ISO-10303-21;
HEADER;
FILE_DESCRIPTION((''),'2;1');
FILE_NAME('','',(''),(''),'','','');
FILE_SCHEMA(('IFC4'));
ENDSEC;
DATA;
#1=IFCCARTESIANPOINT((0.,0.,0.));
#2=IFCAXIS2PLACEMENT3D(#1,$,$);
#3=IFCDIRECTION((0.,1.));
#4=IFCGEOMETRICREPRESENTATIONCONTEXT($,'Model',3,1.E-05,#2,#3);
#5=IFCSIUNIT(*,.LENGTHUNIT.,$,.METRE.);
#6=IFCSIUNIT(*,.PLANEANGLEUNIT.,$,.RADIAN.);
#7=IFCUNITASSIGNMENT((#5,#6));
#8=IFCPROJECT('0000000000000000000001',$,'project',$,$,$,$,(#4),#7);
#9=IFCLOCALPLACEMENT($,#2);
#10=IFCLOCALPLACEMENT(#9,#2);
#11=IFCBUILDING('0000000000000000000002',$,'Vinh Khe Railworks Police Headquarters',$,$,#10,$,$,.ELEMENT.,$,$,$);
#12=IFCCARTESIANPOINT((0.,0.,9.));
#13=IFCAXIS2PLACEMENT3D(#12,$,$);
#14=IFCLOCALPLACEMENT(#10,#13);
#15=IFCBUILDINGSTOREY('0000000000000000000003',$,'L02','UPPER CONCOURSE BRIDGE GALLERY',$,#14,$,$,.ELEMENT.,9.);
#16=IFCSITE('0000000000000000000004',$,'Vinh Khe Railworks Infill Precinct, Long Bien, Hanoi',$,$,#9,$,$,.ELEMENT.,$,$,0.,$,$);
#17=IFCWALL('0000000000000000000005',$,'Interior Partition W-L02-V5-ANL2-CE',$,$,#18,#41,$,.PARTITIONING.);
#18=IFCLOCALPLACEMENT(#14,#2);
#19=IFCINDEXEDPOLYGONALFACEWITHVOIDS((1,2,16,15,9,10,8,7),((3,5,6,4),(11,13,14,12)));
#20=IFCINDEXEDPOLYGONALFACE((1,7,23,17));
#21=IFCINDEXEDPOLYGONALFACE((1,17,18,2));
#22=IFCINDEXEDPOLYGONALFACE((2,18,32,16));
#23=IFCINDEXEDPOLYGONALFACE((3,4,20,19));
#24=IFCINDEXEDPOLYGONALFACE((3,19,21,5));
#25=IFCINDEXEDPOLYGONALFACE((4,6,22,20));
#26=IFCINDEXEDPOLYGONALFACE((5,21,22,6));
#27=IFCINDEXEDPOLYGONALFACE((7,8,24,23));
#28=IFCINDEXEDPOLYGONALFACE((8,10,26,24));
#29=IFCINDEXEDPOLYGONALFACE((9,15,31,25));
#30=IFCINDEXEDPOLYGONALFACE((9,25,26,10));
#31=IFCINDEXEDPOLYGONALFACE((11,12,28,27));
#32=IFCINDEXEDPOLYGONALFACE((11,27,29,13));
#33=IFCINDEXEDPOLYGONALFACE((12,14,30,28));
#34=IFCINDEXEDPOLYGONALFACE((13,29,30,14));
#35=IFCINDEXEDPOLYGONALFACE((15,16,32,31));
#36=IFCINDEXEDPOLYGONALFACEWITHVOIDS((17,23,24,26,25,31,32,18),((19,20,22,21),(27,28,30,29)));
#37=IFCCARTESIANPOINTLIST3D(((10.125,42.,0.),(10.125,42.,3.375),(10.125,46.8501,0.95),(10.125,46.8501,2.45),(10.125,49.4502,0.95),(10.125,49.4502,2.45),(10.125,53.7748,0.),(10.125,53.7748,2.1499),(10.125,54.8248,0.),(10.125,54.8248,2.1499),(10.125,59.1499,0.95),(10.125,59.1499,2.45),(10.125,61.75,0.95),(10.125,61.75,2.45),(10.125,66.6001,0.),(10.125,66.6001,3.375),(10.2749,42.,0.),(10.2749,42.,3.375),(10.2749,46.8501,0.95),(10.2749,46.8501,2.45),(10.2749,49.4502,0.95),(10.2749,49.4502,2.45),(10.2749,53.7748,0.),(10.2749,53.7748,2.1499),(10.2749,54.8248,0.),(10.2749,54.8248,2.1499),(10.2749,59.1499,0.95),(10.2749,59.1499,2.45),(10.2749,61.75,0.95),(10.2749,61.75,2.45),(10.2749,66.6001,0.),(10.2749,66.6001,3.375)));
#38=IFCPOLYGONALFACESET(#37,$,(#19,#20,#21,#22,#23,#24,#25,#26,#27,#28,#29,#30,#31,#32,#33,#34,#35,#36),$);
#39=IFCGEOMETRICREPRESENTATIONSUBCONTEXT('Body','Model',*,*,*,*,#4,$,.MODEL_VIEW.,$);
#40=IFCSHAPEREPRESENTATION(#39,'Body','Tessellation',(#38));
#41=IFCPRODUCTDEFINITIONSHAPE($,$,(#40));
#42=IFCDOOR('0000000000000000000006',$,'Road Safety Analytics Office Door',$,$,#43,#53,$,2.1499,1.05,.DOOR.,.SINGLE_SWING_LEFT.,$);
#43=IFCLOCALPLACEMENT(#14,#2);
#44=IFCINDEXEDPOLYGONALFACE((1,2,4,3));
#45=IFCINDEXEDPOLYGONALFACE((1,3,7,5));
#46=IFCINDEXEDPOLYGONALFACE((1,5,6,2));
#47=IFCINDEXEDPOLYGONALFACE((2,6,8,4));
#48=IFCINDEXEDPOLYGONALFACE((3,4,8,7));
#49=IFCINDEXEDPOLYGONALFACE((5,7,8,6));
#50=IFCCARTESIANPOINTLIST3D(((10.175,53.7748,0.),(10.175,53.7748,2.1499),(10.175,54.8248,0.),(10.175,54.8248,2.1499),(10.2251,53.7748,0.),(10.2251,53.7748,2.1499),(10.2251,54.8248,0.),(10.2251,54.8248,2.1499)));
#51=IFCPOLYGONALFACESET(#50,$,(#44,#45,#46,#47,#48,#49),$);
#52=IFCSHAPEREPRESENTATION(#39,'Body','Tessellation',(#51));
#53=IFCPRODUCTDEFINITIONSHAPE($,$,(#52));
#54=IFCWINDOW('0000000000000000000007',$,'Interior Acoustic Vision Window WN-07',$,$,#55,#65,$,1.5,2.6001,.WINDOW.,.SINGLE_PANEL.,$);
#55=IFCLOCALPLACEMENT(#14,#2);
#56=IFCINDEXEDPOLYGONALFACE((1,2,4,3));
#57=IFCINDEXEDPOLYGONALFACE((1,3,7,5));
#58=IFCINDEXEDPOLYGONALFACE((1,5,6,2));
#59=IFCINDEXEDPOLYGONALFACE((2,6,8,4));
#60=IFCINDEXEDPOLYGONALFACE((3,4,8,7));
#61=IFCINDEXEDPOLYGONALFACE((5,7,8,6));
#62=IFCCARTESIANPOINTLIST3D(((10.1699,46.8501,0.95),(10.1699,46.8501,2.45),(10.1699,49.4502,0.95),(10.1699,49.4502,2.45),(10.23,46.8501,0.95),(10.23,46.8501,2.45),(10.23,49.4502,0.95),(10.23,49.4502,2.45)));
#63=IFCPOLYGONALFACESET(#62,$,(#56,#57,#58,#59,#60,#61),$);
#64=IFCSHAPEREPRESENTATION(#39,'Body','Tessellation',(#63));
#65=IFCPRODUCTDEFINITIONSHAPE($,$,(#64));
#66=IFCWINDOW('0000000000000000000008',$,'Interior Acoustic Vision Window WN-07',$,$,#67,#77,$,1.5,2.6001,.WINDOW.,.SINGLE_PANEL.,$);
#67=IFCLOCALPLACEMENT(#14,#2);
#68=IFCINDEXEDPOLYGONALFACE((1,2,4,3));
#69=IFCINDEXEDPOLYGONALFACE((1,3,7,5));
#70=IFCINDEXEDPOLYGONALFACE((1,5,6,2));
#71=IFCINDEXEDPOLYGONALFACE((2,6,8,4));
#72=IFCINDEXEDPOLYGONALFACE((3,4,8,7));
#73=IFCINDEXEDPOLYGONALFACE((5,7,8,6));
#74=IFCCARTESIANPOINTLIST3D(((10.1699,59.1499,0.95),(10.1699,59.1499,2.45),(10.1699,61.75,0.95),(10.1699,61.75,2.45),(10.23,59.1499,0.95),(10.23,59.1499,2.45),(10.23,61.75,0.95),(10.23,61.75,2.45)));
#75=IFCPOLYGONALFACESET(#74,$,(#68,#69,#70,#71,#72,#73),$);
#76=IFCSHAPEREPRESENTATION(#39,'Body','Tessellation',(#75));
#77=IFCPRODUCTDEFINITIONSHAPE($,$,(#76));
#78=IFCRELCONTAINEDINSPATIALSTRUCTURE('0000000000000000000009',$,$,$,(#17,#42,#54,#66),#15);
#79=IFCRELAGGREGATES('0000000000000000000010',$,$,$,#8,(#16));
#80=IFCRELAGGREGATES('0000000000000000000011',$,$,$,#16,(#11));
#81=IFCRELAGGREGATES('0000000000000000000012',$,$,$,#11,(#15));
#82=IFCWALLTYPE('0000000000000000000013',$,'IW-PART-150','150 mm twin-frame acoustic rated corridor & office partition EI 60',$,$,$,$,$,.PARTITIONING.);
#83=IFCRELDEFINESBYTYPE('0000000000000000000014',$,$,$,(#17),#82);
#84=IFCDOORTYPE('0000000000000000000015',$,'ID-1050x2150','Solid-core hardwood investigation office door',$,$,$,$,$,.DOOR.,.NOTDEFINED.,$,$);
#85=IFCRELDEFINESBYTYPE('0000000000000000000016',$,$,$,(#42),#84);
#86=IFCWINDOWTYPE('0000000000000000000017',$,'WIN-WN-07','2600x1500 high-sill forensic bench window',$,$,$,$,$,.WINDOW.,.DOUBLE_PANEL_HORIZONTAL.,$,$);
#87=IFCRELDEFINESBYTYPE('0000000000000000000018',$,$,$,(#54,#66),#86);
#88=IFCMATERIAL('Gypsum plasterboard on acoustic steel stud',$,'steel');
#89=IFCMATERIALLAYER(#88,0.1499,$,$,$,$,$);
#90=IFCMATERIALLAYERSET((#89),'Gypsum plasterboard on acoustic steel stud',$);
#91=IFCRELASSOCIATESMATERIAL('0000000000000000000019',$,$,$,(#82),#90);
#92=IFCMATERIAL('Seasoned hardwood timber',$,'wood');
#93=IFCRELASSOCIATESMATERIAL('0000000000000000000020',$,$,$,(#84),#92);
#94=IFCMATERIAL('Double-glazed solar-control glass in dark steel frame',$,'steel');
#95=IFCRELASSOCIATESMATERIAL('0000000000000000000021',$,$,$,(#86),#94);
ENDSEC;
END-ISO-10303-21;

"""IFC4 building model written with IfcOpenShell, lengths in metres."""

from ifc_helpers import new_model, si_unit, direction, frame, frame_2d, origin, place, context, subcontext, project, spatial, rectangle, extrude, material, layer, layer_set, type_object, element, fill, save


model = new_model("IFC4")

# Units and contexts
model_context = context("Model", 3, precision=1e-05, world=origin(), true_north=direction((0.0, 1.0)))
body_context = subcontext(model_context, "Body", "Model", "MODEL_VIEW")
ifc_project = project(units=[si_unit("LENGTHUNIT", "METRE"), si_unit("PLANEANGLEUNIT", "RADIAN")], contexts=[model_context])

# Site, building, storey
site_placement = place(None, origin())
site = spatial("IfcSite", under=ifc_project, at=site_placement, Name="Vinh Khe Railworks Infill Precinct, Long Bien, Hanoi", CompositionType="ELEMENT", RefElevation=0.0)
building_placement = place(site_placement, origin())
building = spatial("IfcBuilding", under=site, at=building_placement, Name="Vinh Khe Railworks Police Headquarters", CompositionType="ELEMENT")
storey_placement = place(building_placement, frame((0.0, 0.0, 9.0)))
storey = spatial("IfcBuildingStorey", under=building, at=storey_placement, Name="L02", Description="UPPER CONCOURSE BRIDGE GALLERY", CompositionType="ELEMENT", Elevation=9.0)

# Shared definitions
ifc_material_1 = material(Name="Double-glazed solar-control glass in dark steel frame", Category="steel")

# Wall, openings, door, windows
ifc_material_2 = material(Name="Gypsum plasterboard on acoustic steel stud", Category="steel")
ifc_layer_1 = layer(ifc_material_2, 0.1499)
ifc_layer_set_1 = layer_set([ifc_layer_1], Name="Gypsum plasterboard on acoustic steel stud")
wall_type_1 = type_object("IfcWallType", Name="IW-PART-150", Description="150 mm twin-frame acoustic rated corridor & office partition EI 60", PredefinedType="PARTITIONING", material=ifc_layer_set_1)
wall_1_placement = place(storey_placement, frame((10.2, 42.0, 0.0), z_axis=(0.0, 0.0, 1.0), x_axis=(0.0, 1.0, 0.0)))
wall_1 = element("IfcWall", 1, at=wall_1_placement, inside=storey, type_object=wall_type_1, Name="Interior Partition W-L02-V5-ANL2-CE", PredefinedType="PARTITIONING", context=body_context, shape_type="SweptSolid", body=[
    extrude(rectangle(XDim=24.6001, YDim=0.1499, at=frame_2d((12.3, 0.0))), origin(), (0.0, 0.0, 1.0), 3.375),
])
opening_1_placement = place(wall_1_placement, frame((11.7749, 0.0, 0.0)))
opening_1 = element("IfcOpeningElement", 2, at=opening_1_placement, cuts=wall_1, PredefinedType="OPENING", context=body_context, shape_type="SweptSolid", body=[
    extrude(rectangle(XDim=1.05, YDim=2.1499, at=frame_2d((0.5249, 1.075))), frame((0.0, 0.0898, 0.0), z_axis=(0.0, -1.0, 0.0), x_axis=(1.0, 0.0, 0.0)), (0.0, 0.0, 1.0), 0.1797),
])
opening_2_placement = place(wall_1_placement, frame((4.8501, 0.0, 0.95)))
opening_2 = element("IfcOpeningElement", 3, at=opening_2_placement, cuts=wall_1, PredefinedType="OPENING", context=body_context, shape_type="SweptSolid", body=[
    extrude(rectangle(XDim=2.6001, YDim=1.5, at=frame_2d((1.3, 0.75))), frame((0.0, 0.0898, 0.0), z_axis=(0.0, -1.0, 0.0), x_axis=(1.0, 0.0, 0.0)), (0.0, 0.0, 1.0), 0.1797),
])
opening_3_placement = place(wall_1_placement, frame((17.1499, 0.0, 0.95)))
opening_3 = element("IfcOpeningElement", 4, at=opening_3_placement, cuts=wall_1, PredefinedType="OPENING", context=body_context, shape_type="SweptSolid", body=[
    extrude(rectangle(XDim=2.6001, YDim=1.5, at=frame_2d((1.3, 0.75))), frame((0.0, 0.0898, 0.0), z_axis=(0.0, -1.0, 0.0), x_axis=(1.0, 0.0, 0.0)), (0.0, 0.0, 1.0), 0.1797),
])
ifc_material_3 = material(Name="Seasoned hardwood timber", Category="wood")
door_type = type_object("IfcDoorType", Name="ID-1050x2150", Description="Solid-core hardwood investigation office door", OperationType="NOTDEFINED", PredefinedType="DOOR", material=ifc_material_3)
door_placement = place(opening_1_placement, origin())
door = element("IfcDoor", 5, at=door_placement, inside=storey, type_object=door_type, Name="Road Safety Analytics Office Door", OperationType="SINGLE_SWING_LEFT", OverallHeight=2.1499, OverallWidth=1.05, PredefinedType="DOOR", context=body_context, shape_type="SweptSolid", body=[
    extrude(rectangle(XDim=1.05, YDim=2.1499, at=frame_2d((0.5249, 1.075))), frame((0.0, 0.0249, 0.0), z_axis=(0.0, -1.0, 0.0), x_axis=(1.0, 0.0, 0.0)), (0.0, 0.0, 1.0), 0.05),
])
fill(opening_1, door)
window_type_1 = type_object("IfcWindowType", Name="WIN-WN-07", Description="2600x1500 high-sill forensic bench window", PartitioningType="DOUBLE_PANEL_HORIZONTAL", PredefinedType="WINDOW", material=ifc_material_1)
window_1_placement = place(opening_2_placement, origin())
window_1 = element("IfcWindow", 6, at=window_1_placement, inside=storey, type_object=window_type_1, Name="Interior Acoustic Vision Window WN-07", OverallHeight=1.5, OverallWidth=2.6001, PartitioningType="SINGLE_PANEL", PredefinedType="WINDOW", context=body_context, shape_type="SweptSolid", body=[
    extrude(rectangle(XDim=2.6001, YDim=1.5, at=frame_2d((1.3, 0.75))), frame((0.0, 0.03, 0.0), z_axis=(0.0, -1.0, 0.0), x_axis=(1.0, 0.0, 0.0)), (0.0, 0.0, 1.0), 0.0601),
])
fill(opening_2, window_1)
window_2_placement = place(opening_3_placement, origin())
window_2 = element("IfcWindow", 7, at=window_2_placement, inside=storey, type_object=window_type_1, Name="Interior Acoustic Vision Window WN-07", OverallHeight=1.5, OverallWidth=2.6001, PartitioningType="SINGLE_PANEL", PredefinedType="WINDOW", context=body_context, shape_type="SweptSolid", body=[
    extrude(rectangle(XDim=2.6001, YDim=1.5, at=frame_2d((1.3, 0.75))), frame((0.0, 0.03, 0.0), z_axis=(0.0, -1.0, 0.0), x_axis=(1.0, 0.0, 0.0)), (0.0, 0.0, 1.0), 0.0601),
])
fill(opening_3, window_2)

save(model, "model.ifc")
